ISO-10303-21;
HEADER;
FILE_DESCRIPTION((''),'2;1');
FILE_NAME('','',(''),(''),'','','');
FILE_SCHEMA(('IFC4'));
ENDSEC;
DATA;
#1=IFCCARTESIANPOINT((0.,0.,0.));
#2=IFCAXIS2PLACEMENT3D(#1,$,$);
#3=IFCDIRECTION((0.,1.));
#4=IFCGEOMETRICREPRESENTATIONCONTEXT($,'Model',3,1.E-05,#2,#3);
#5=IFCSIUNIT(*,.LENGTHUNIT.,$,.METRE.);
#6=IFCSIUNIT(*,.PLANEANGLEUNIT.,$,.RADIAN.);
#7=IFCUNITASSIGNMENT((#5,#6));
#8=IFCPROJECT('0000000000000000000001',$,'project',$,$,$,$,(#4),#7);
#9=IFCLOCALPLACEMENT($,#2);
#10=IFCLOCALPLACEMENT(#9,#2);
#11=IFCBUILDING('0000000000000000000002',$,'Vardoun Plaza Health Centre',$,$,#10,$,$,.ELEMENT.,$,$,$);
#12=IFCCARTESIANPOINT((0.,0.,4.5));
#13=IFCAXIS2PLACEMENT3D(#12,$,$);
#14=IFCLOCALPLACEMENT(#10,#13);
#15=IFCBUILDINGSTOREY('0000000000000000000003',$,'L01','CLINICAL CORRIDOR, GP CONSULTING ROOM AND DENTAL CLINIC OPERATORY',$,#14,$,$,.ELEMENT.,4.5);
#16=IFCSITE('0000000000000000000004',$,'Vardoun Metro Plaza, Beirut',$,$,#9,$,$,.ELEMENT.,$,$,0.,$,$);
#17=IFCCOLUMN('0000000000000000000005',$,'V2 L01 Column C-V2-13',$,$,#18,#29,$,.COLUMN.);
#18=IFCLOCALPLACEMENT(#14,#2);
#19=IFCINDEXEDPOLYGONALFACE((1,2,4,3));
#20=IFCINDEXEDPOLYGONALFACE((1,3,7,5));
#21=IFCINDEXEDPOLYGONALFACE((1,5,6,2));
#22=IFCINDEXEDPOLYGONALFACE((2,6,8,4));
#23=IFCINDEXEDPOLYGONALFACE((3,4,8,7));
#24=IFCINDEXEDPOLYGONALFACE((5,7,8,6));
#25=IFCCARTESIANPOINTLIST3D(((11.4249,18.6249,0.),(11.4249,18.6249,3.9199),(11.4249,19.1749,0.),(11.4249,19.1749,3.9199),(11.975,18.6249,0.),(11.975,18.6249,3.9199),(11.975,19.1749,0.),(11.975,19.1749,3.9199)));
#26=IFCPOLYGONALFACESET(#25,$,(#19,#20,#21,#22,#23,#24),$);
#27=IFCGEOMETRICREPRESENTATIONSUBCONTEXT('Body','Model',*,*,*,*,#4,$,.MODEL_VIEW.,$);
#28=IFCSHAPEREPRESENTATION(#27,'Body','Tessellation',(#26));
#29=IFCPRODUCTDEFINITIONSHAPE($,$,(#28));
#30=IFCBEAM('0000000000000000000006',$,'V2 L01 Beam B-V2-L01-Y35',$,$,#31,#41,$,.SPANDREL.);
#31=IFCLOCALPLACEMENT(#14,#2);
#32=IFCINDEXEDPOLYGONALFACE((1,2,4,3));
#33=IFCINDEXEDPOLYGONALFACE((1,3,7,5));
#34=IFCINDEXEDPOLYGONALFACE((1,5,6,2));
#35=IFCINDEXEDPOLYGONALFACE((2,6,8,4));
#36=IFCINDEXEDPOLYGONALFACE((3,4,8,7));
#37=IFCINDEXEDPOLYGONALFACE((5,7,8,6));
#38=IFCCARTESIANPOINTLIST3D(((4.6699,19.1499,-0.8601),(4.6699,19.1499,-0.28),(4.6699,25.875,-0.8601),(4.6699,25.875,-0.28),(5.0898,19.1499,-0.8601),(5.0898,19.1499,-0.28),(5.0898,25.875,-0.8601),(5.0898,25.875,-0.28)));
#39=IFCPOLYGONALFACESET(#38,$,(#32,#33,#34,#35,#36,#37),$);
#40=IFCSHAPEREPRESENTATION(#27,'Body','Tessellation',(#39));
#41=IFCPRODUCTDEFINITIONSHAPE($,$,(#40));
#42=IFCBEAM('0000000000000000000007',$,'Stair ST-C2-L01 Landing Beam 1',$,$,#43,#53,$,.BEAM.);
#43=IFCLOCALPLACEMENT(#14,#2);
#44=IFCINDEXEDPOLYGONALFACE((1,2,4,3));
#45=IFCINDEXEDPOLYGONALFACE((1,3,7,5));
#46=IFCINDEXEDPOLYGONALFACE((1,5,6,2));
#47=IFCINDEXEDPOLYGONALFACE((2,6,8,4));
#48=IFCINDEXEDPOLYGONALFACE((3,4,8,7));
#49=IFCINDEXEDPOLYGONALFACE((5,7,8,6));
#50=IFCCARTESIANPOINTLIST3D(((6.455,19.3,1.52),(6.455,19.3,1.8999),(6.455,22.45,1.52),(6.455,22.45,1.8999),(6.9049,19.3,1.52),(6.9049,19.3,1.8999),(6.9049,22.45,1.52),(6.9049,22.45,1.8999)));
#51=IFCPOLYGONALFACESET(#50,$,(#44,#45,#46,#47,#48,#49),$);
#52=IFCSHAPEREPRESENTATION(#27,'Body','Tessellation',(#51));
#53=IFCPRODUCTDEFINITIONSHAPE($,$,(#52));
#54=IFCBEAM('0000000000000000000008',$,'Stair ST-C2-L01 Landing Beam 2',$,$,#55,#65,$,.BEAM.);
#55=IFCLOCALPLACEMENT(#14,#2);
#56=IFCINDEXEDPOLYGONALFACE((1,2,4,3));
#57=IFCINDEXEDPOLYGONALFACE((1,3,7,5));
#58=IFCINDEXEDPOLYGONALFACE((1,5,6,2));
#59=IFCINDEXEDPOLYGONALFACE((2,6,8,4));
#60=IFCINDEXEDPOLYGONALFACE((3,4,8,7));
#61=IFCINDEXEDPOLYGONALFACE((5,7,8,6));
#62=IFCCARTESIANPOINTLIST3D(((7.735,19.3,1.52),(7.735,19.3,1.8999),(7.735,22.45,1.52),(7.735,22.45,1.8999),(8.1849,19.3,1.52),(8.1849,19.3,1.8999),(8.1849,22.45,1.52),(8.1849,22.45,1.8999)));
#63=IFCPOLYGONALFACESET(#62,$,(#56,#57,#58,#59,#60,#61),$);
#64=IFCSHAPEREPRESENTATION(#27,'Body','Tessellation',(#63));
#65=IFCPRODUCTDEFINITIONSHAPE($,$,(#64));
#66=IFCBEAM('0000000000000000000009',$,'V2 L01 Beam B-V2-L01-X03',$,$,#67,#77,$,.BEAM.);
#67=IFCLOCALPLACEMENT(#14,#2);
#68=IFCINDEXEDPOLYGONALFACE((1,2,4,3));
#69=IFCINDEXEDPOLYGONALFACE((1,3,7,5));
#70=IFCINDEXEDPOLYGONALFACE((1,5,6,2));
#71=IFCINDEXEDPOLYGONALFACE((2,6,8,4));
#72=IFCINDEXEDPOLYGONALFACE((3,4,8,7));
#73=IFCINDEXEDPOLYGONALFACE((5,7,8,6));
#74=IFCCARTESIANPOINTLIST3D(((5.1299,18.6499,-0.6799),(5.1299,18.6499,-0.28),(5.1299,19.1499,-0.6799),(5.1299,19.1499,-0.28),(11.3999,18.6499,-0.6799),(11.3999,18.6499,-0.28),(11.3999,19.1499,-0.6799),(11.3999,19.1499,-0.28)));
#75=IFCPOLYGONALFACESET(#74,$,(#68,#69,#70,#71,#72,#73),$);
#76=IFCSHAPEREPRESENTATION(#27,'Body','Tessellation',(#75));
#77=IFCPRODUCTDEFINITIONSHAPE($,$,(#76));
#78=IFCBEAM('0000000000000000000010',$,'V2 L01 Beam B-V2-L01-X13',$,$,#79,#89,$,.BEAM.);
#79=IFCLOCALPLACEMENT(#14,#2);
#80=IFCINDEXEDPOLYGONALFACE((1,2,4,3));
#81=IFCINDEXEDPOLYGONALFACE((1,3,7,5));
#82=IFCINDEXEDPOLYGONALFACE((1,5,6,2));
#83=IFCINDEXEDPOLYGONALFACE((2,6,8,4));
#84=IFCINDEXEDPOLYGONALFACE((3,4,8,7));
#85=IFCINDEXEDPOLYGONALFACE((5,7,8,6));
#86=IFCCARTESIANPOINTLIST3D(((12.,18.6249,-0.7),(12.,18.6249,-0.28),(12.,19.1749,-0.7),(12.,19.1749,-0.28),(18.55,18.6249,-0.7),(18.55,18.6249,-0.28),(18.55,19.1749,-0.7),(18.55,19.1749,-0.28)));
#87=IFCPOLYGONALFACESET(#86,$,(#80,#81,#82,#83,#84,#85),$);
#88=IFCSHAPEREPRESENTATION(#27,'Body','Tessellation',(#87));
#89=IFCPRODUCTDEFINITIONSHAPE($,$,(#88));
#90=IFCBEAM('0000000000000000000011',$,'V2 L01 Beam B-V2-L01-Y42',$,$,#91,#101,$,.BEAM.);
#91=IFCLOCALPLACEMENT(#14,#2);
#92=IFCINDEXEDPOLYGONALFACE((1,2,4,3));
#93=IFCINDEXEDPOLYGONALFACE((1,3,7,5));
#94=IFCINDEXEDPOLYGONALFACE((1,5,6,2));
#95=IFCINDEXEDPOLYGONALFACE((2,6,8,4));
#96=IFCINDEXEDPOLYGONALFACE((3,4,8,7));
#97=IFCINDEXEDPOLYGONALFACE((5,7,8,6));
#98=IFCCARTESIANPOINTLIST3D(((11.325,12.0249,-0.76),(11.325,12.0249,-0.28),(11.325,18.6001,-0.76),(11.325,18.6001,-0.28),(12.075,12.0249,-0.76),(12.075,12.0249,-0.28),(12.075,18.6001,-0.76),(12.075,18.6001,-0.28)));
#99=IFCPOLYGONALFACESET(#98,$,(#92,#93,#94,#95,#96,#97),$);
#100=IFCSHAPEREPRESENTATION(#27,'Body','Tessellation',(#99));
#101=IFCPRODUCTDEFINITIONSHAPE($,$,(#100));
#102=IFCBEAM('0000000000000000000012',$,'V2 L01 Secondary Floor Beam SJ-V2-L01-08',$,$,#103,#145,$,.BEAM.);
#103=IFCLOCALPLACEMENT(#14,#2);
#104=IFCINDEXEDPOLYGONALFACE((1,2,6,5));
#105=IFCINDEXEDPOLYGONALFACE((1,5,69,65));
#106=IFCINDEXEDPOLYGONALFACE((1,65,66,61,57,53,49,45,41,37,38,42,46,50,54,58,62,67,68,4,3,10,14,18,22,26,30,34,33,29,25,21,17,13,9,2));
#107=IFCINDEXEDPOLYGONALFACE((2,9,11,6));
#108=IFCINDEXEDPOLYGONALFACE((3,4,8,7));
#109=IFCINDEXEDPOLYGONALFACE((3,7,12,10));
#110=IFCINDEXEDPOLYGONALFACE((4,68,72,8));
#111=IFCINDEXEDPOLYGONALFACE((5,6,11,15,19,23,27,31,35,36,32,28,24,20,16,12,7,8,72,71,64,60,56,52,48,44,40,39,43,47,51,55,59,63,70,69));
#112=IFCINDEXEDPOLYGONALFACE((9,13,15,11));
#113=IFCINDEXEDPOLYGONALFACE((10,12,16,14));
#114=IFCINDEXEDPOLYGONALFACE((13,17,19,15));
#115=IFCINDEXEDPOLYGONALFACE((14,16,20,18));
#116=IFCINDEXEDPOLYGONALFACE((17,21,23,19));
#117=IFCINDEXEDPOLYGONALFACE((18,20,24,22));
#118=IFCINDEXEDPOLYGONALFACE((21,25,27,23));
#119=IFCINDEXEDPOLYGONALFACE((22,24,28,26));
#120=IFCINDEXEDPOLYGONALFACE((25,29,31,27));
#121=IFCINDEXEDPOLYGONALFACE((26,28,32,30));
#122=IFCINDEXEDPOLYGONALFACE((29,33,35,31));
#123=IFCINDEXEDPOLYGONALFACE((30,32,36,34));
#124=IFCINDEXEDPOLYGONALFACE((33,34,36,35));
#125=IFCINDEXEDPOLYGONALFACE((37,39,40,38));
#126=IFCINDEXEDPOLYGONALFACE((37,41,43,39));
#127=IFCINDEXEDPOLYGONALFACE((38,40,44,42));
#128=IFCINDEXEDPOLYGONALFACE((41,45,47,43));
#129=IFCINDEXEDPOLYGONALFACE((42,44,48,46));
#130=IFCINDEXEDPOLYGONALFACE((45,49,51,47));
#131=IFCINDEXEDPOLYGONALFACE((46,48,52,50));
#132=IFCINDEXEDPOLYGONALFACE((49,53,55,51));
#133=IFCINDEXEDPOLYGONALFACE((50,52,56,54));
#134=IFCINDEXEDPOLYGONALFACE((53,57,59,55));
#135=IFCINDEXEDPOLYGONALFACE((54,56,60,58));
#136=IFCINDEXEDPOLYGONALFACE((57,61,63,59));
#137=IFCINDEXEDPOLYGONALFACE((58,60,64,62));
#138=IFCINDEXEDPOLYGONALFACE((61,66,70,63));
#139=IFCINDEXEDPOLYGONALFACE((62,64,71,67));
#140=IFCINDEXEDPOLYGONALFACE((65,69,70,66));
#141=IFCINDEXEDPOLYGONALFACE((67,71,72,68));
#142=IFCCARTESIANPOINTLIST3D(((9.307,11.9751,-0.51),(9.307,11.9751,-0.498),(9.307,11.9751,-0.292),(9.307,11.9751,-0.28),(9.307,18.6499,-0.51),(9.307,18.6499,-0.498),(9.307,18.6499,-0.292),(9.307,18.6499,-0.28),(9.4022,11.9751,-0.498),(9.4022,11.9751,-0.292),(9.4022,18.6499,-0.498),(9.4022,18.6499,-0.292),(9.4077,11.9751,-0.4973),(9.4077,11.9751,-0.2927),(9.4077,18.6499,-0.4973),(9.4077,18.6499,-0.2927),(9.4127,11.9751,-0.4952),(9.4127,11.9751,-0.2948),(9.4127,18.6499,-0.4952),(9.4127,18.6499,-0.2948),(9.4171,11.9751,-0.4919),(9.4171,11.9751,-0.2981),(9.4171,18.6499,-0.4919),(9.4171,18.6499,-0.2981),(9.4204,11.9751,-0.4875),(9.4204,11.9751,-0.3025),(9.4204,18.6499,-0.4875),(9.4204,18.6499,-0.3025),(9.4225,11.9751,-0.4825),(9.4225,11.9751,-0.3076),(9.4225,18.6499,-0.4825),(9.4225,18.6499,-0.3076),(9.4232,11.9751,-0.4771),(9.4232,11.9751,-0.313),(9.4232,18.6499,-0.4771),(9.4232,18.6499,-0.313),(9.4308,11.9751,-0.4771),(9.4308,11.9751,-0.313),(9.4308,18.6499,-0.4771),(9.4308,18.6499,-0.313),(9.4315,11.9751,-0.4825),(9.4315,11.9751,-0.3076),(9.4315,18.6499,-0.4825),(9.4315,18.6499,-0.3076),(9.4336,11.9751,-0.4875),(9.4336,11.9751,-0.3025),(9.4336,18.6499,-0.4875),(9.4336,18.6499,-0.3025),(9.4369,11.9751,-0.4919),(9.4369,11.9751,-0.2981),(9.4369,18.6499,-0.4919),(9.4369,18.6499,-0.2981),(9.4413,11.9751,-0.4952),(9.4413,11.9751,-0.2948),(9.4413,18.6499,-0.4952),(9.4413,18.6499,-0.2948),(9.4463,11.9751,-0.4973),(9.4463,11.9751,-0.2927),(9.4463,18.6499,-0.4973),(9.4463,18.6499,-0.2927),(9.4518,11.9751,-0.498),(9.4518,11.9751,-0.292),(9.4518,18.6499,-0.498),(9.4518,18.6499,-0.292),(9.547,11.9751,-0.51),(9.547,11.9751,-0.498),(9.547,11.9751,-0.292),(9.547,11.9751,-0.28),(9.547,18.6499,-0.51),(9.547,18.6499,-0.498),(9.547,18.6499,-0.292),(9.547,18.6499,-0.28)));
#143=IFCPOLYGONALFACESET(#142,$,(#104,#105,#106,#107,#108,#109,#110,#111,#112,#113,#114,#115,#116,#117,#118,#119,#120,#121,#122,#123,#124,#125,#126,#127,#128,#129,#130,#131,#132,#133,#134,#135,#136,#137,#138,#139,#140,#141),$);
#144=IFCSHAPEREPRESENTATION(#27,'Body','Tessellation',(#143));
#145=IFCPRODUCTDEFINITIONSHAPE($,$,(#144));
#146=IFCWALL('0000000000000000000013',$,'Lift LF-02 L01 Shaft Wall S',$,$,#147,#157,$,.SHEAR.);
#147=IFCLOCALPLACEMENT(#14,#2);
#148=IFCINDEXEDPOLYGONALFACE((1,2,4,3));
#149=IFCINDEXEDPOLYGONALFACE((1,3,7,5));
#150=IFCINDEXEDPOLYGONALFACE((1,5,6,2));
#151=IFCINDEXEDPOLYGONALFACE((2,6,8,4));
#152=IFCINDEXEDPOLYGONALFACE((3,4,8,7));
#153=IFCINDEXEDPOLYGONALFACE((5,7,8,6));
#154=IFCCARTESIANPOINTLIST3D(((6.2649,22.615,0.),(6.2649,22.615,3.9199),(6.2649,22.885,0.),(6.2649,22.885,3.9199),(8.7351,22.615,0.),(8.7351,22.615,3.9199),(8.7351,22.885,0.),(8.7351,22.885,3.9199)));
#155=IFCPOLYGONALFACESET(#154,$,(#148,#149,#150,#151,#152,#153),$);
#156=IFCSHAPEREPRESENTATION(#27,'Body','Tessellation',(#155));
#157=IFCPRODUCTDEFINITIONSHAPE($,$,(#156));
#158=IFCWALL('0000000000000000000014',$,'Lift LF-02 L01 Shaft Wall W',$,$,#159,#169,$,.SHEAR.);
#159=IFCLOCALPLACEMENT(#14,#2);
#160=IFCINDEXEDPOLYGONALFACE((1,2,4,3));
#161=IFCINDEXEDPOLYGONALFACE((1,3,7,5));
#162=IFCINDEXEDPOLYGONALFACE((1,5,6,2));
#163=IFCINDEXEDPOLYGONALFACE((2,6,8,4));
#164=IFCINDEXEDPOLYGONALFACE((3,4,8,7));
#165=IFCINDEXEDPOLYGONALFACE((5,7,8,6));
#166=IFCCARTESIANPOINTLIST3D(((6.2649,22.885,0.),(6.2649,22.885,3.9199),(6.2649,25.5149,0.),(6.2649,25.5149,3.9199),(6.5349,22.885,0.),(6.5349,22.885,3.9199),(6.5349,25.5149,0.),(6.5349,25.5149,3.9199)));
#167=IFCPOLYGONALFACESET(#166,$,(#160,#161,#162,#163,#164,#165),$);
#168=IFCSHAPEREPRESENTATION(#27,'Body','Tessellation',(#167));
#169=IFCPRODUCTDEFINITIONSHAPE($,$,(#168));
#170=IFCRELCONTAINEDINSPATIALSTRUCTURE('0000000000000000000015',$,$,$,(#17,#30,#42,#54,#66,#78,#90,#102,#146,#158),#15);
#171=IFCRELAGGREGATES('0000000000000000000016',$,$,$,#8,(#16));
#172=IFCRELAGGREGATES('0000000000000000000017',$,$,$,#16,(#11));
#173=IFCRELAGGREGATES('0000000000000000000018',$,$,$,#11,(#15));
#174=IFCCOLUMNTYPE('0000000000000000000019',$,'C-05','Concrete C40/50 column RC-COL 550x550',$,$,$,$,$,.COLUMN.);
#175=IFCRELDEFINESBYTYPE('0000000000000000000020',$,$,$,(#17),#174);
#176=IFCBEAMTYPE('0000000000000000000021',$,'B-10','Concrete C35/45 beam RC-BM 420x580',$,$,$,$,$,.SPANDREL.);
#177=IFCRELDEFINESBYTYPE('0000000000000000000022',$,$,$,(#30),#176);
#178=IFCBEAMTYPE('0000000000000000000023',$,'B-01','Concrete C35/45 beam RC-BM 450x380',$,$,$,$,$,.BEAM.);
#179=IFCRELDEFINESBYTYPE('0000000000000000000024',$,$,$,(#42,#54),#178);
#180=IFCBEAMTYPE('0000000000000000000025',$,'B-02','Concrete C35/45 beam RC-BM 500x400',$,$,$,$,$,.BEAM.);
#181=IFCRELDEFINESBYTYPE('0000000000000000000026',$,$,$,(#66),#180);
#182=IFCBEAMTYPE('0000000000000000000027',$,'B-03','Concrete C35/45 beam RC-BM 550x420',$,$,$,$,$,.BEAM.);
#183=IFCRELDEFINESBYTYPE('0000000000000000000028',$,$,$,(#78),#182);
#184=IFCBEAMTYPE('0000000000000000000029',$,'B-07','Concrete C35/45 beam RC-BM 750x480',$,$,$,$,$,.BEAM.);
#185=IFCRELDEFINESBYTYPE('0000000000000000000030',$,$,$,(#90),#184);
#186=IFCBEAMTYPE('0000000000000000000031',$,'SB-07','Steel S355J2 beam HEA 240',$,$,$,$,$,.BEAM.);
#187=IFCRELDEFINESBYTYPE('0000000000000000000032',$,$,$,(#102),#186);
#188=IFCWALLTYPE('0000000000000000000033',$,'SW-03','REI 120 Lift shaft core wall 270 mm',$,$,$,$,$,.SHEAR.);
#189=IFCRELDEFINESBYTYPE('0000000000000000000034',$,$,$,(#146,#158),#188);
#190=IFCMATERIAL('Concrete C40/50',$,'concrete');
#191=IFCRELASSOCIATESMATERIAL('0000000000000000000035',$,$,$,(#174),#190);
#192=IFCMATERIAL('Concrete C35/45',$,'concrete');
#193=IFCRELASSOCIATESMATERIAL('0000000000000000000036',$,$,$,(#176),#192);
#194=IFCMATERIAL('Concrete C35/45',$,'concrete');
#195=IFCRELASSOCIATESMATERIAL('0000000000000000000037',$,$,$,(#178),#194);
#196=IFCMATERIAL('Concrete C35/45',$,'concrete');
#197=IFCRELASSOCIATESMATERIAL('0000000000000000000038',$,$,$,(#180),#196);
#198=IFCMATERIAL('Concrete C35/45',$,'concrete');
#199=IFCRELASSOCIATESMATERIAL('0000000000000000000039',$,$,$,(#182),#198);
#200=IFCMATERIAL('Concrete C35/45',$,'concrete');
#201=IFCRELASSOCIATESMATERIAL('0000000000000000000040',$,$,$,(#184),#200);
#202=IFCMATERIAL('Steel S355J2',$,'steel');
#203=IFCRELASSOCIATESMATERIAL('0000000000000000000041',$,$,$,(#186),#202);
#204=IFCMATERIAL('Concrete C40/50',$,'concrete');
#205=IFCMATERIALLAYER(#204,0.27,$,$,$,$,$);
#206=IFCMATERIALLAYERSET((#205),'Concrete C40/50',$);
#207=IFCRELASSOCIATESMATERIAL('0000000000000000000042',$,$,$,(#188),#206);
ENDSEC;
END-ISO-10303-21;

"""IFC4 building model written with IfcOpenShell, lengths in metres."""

from ifc_helpers import new_model, si_unit, direction, frame, frame_2d, origin, origin_2d, place, context, subcontext, project, spatial, rectangle, i_section, extrude, material, layer, layer_set, material_profile, profile_set, type_object, element, save


model = new_model("IFC4")

# Units and contexts
model_context = context("Model", 3, precision=1e-05, world=origin(), true_north=direction((0.0, 1.0)))
body_context = subcontext(model_context, "Body", "Model", "MODEL_VIEW")
ifc_project = project(units=[si_unit("LENGTHUNIT", "METRE"), si_unit("PLANEANGLEUNIT", "RADIAN")], contexts=[model_context])

# Site, building, storey
site_placement = place(None, origin())
site = spatial("IfcSite", under=ifc_project, at=site_placement, Name="Vardoun Metro Plaza, Beirut", CompositionType="ELEMENT", RefElevation=0.0)
building_placement = place(site_placement, origin())
building = spatial("IfcBuilding", under=site, at=building_placement, Name="Vardoun Plaza Health Centre", CompositionType="ELEMENT")
storey_placement = place(building_placement, frame((0.0, 0.0, 4.5)))
storey = spatial("IfcBuildingStorey", under=building, at=storey_placement, Name="L01", Description="CLINICAL CORRIDOR, GP CONSULTING ROOM AND DENTAL CLINIC OPERATORY", CompositionType="ELEMENT", Elevation=4.5)

# Column
ifc_material_1 = material(Name="Concrete C40/50", Category="concrete")
ifc_material_profile_1 = material_profile(ifc_material_1, rectangle(XDim=0.55, YDim=0.55, at=origin_2d()), Name="RC-COL 550x550")
ifc_profile_set_1 = profile_set([ifc_material_profile_1], Name="Concrete C40/50")
column_type = type_object("IfcColumnType", Name="C-05", Description="Concrete C40/50 column RC-COL 550x550", PredefinedType="COLUMN", material=ifc_profile_set_1)
column_placement = place(storey_placement, frame((11.7, 18.8999, 0.0), z_axis=(0.0, 0.0, 1.0), x_axis=(1.0, 0.0, 0.0)))
element("IfcColumn", 1, at=column_placement, inside=storey, type_object=column_type, Name="V2 L01 Column C-V2-13", PredefinedType="COLUMN", context=body_context, shape_type="SweptSolid", body=[
    extrude(rectangle(XDim=0.55, YDim=0.55, at=origin_2d()), origin(), (0.0, 0.0, 1.0), 3.9199),
])

# Beams
ifc_material_2 = material(Name="Concrete C35/45", Category="concrete")
ifc_material_profile_2 = material_profile(ifc_material_2, rectangle(XDim=0.4199, YDim=0.5801, at=origin_2d()), Name="RC-BM 420x580")
ifc_profile_set_2 = profile_set([ifc_material_profile_2], Name="Concrete C35/45")
beam_type_1 = type_object("IfcBeamType", Name="B-10", Description="Concrete C35/45 beam RC-BM 420x580", PredefinedType="SPANDREL", material=ifc_profile_set_2)
beam_1_placement = place(storey_placement, frame((4.8799, 19.1499, -0.5701), z_axis=(0.0, 1.0, 0.0), x_axis=(-1.0, 0.0, 0.0)))
element("IfcBeam", 2, at=beam_1_placement, inside=storey, type_object=beam_type_1, Name="V2 L01 Beam B-V2-L01-Y35", PredefinedType="SPANDREL", context=body_context, shape_type="SweptSolid", body=[
    extrude(rectangle(XDim=0.4199, YDim=0.5801, at=origin_2d()), origin(), (0.0, 0.0, 1.0), 6.7251),
])
ifc_material_3 = material(Name="Concrete C35/45", Category="concrete")
ifc_material_profile_3 = material_profile(ifc_material_3, rectangle(XDim=0.45, YDim=0.3799, at=origin_2d()), Name="RC-BM 450x380")
ifc_profile_set_3 = profile_set([ifc_material_profile_3], Name="Concrete C35/45")
beam_type_2 = type_object("IfcBeamType", Name="B-01", Description="Concrete C35/45 beam RC-BM 450x380", PredefinedType="BEAM", material=ifc_profile_set_3)
for number, where, z_axis, x_axis, name in (
    (3, (6.6799, 19.3, 1.71), (0.0, 1.0, 0.0), (-1.0, 0.0, 0.0), "Stair ST-C2-L01 Landing Beam 1"),
    (4, (7.96, 19.3, 1.71), (0.0, 1.0, 0.0), (-1.0, 0.0, 0.0), "Stair ST-C2-L01 Landing Beam 2"),
):
    element("IfcBeam", number, at=place(storey_placement, frame(where, z_axis=z_axis, x_axis=x_axis)), inside=storey, type_object=beam_type_2, Name=name, PredefinedType="BEAM", context=body_context, shape_type="SweptSolid", body=[
        extrude(rectangle(XDim=0.45, YDim=0.3799, at=origin_2d()), origin(), (0.0, 0.0, 1.0), 3.1499),
    ])
ifc_material_4 = material(Name="Concrete C35/45", Category="concrete")
ifc_material_profile_4 = material_profile(ifc_material_4, rectangle(XDim=0.5, YDim=0.3999, at=origin_2d()), Name="RC-BM 500x400")
ifc_profile_set_4 = profile_set([ifc_material_profile_4], Name="Concrete C35/45")
beam_type_3 = type_object("IfcBeamType", Name="B-02", Description="Concrete C35/45 beam RC-BM 500x400", PredefinedType="BEAM", material=ifc_profile_set_4)
beam_2_placement = place(storey_placement, frame((5.1299, 18.8999, -0.48), z_axis=(1.0, 0.0, 0.0), x_axis=(0.0, 1.0, 0.0)))
element("IfcBeam", 5, at=beam_2_placement, inside=storey, type_object=beam_type_3, Name="V2 L01 Beam B-V2-L01-X03", PredefinedType="BEAM", context=body_context, shape_type="SweptSolid", body=[
    extrude(rectangle(XDim=0.5, YDim=0.3999, at=origin_2d()), origin(), (0.0, 0.0, 1.0), 6.27),
])
ifc_material_5 = material(Name="Concrete C35/45", Category="concrete")
ifc_material_profile_5 = material_profile(ifc_material_5, rectangle(XDim=0.55, YDim=0.4199, at=origin_2d()), Name="RC-BM 550x420")
ifc_profile_set_5 = profile_set([ifc_material_profile_5], Name="Concrete C35/45")
beam_type_4 = type_object("IfcBeamType", Name="B-03", Description="Concrete C35/45 beam RC-BM 550x420", PredefinedType="BEAM", material=ifc_profile_set_5)
beam_3_placement = place(storey_placement, frame((12.0, 18.8999, -0.49), z_axis=(1.0, 0.0, 0.0), x_axis=(0.0, 1.0, 0.0)))
element("IfcBeam", 6, at=beam_3_placement, inside=storey, type_object=beam_type_4, Name="V2 L01 Beam B-V2-L01-X13", PredefinedType="BEAM", context=body_context, shape_type="SweptSolid", body=[
    extrude(rectangle(XDim=0.55, YDim=0.4199, at=origin_2d()), origin(), (0.0, 0.0, 1.0), 6.55),
])
ifc_material_6 = material(Name="Concrete C35/45", Category="concrete")
ifc_material_profile_6 = material_profile(ifc_material_6, rectangle(XDim=0.75, YDim=0.48, at=origin_2d()), Name="RC-BM 750x480")
ifc_profile_set_6 = profile_set([ifc_material_profile_6], Name="Concrete C35/45")
beam_type_5 = type_object("IfcBeamType", Name="B-07", Description="Concrete C35/45 beam RC-BM 750x480", PredefinedType="BEAM", material=ifc_profile_set_6)
beam_4_placement = place(storey_placement, frame((11.7, 12.0249, -0.52), z_axis=(0.0, 1.0, 0.0), x_axis=(-1.0, 0.0, 0.0)))
element("IfcBeam", 7, at=beam_4_placement, inside=storey, type_object=beam_type_5, Name="V2 L01 Beam B-V2-L01-Y42", PredefinedType="BEAM", context=body_context, shape_type="SweptSolid", body=[
    extrude(rectangle(XDim=0.75, YDim=0.48, at=origin_2d()), origin(), (0.0, 0.0, 1.0), 6.5752),
])
ifc_material_7 = material(Name="Steel S355J2", Category="steel")
ifc_material_profile_7 = material_profile(ifc_material_7, i_section(OverallWidth=0.24, OverallDepth=0.23, WebThickness=0.0076, FlangeThickness=0.012, FilletRadius=0.021, at=origin_2d()), Name="HEA 240")
ifc_profile_set_7 = profile_set([ifc_material_profile_7], Name="Steel S355J2")
beam_type_6 = type_object("IfcBeamType", Name="SB-07", Description="Steel S355J2 beam HEA 240", PredefinedType="BEAM", material=ifc_profile_set_7)
beam_5_placement = place(storey_placement, frame((9.427, 11.9751, -0.395), z_axis=(0.0, 1.0, 0.0), x_axis=(-1.0, 0.0, 0.0)))
element("IfcBeam", 8, at=beam_5_placement, inside=storey, type_object=beam_type_6, Name="V2 L01 Secondary Floor Beam SJ-V2-L01-08", PredefinedType="BEAM", context=body_context, shape_type="SweptSolid", body=[
    extrude(i_section(OverallWidth=0.24, OverallDepth=0.23, WebThickness=0.0076, FlangeThickness=0.012, FilletRadius=0.021, at=origin_2d()), origin(), (0.0, 0.0, 1.0), 6.6748),
])

# Walls
ifc_material_8 = material(Name="Concrete C40/50", Category="concrete")
ifc_layer_1 = layer(ifc_material_8, 0.27)
ifc_layer_set_1 = layer_set([ifc_layer_1], Name="Concrete C40/50")
wall_type_1 = type_object("IfcWallType", Name="SW-03", Description="REI 120 Lift shaft core wall 270 mm", PredefinedType="SHEAR", material=ifc_layer_set_1)
wall_1_placement = place(storey_placement, frame((8.7351, 22.75, 0.0), z_axis=(0.0, 0.0, 1.0), x_axis=(-1.0, 0.0, 0.0)))
element("IfcWall", 9, at=wall_1_placement, inside=storey, type_object=wall_type_1, Name="Lift LF-02 L01 Shaft Wall S", PredefinedType="SHEAR", context=body_context, shape_type="SweptSolid", body=[
    extrude(rectangle(XDim=2.4702, YDim=0.27, at=frame_2d((1.2351, 0.0))), origin(), (0.0, 0.0, 1.0), 3.9199),
])
wall_2_placement = place(storey_placement, frame((6.3999, 22.885, 0.0), z_axis=(0.0, 0.0, 1.0), x_axis=(0.0, 1.0, 0.0)))
element("IfcWall", 10, at=wall_2_placement, inside=storey, type_object=wall_type_1, Name="Lift LF-02 L01 Shaft Wall W", PredefinedType="SHEAR", context=body_context, shape_type="SweptSolid", body=[
    extrude(rectangle(XDim=2.6299, YDim=0.27, at=frame_2d((1.3149, 0.0))), origin(), (0.0, 0.0, 1.0), 3.9199),
])

save(model, "model.ifc")
